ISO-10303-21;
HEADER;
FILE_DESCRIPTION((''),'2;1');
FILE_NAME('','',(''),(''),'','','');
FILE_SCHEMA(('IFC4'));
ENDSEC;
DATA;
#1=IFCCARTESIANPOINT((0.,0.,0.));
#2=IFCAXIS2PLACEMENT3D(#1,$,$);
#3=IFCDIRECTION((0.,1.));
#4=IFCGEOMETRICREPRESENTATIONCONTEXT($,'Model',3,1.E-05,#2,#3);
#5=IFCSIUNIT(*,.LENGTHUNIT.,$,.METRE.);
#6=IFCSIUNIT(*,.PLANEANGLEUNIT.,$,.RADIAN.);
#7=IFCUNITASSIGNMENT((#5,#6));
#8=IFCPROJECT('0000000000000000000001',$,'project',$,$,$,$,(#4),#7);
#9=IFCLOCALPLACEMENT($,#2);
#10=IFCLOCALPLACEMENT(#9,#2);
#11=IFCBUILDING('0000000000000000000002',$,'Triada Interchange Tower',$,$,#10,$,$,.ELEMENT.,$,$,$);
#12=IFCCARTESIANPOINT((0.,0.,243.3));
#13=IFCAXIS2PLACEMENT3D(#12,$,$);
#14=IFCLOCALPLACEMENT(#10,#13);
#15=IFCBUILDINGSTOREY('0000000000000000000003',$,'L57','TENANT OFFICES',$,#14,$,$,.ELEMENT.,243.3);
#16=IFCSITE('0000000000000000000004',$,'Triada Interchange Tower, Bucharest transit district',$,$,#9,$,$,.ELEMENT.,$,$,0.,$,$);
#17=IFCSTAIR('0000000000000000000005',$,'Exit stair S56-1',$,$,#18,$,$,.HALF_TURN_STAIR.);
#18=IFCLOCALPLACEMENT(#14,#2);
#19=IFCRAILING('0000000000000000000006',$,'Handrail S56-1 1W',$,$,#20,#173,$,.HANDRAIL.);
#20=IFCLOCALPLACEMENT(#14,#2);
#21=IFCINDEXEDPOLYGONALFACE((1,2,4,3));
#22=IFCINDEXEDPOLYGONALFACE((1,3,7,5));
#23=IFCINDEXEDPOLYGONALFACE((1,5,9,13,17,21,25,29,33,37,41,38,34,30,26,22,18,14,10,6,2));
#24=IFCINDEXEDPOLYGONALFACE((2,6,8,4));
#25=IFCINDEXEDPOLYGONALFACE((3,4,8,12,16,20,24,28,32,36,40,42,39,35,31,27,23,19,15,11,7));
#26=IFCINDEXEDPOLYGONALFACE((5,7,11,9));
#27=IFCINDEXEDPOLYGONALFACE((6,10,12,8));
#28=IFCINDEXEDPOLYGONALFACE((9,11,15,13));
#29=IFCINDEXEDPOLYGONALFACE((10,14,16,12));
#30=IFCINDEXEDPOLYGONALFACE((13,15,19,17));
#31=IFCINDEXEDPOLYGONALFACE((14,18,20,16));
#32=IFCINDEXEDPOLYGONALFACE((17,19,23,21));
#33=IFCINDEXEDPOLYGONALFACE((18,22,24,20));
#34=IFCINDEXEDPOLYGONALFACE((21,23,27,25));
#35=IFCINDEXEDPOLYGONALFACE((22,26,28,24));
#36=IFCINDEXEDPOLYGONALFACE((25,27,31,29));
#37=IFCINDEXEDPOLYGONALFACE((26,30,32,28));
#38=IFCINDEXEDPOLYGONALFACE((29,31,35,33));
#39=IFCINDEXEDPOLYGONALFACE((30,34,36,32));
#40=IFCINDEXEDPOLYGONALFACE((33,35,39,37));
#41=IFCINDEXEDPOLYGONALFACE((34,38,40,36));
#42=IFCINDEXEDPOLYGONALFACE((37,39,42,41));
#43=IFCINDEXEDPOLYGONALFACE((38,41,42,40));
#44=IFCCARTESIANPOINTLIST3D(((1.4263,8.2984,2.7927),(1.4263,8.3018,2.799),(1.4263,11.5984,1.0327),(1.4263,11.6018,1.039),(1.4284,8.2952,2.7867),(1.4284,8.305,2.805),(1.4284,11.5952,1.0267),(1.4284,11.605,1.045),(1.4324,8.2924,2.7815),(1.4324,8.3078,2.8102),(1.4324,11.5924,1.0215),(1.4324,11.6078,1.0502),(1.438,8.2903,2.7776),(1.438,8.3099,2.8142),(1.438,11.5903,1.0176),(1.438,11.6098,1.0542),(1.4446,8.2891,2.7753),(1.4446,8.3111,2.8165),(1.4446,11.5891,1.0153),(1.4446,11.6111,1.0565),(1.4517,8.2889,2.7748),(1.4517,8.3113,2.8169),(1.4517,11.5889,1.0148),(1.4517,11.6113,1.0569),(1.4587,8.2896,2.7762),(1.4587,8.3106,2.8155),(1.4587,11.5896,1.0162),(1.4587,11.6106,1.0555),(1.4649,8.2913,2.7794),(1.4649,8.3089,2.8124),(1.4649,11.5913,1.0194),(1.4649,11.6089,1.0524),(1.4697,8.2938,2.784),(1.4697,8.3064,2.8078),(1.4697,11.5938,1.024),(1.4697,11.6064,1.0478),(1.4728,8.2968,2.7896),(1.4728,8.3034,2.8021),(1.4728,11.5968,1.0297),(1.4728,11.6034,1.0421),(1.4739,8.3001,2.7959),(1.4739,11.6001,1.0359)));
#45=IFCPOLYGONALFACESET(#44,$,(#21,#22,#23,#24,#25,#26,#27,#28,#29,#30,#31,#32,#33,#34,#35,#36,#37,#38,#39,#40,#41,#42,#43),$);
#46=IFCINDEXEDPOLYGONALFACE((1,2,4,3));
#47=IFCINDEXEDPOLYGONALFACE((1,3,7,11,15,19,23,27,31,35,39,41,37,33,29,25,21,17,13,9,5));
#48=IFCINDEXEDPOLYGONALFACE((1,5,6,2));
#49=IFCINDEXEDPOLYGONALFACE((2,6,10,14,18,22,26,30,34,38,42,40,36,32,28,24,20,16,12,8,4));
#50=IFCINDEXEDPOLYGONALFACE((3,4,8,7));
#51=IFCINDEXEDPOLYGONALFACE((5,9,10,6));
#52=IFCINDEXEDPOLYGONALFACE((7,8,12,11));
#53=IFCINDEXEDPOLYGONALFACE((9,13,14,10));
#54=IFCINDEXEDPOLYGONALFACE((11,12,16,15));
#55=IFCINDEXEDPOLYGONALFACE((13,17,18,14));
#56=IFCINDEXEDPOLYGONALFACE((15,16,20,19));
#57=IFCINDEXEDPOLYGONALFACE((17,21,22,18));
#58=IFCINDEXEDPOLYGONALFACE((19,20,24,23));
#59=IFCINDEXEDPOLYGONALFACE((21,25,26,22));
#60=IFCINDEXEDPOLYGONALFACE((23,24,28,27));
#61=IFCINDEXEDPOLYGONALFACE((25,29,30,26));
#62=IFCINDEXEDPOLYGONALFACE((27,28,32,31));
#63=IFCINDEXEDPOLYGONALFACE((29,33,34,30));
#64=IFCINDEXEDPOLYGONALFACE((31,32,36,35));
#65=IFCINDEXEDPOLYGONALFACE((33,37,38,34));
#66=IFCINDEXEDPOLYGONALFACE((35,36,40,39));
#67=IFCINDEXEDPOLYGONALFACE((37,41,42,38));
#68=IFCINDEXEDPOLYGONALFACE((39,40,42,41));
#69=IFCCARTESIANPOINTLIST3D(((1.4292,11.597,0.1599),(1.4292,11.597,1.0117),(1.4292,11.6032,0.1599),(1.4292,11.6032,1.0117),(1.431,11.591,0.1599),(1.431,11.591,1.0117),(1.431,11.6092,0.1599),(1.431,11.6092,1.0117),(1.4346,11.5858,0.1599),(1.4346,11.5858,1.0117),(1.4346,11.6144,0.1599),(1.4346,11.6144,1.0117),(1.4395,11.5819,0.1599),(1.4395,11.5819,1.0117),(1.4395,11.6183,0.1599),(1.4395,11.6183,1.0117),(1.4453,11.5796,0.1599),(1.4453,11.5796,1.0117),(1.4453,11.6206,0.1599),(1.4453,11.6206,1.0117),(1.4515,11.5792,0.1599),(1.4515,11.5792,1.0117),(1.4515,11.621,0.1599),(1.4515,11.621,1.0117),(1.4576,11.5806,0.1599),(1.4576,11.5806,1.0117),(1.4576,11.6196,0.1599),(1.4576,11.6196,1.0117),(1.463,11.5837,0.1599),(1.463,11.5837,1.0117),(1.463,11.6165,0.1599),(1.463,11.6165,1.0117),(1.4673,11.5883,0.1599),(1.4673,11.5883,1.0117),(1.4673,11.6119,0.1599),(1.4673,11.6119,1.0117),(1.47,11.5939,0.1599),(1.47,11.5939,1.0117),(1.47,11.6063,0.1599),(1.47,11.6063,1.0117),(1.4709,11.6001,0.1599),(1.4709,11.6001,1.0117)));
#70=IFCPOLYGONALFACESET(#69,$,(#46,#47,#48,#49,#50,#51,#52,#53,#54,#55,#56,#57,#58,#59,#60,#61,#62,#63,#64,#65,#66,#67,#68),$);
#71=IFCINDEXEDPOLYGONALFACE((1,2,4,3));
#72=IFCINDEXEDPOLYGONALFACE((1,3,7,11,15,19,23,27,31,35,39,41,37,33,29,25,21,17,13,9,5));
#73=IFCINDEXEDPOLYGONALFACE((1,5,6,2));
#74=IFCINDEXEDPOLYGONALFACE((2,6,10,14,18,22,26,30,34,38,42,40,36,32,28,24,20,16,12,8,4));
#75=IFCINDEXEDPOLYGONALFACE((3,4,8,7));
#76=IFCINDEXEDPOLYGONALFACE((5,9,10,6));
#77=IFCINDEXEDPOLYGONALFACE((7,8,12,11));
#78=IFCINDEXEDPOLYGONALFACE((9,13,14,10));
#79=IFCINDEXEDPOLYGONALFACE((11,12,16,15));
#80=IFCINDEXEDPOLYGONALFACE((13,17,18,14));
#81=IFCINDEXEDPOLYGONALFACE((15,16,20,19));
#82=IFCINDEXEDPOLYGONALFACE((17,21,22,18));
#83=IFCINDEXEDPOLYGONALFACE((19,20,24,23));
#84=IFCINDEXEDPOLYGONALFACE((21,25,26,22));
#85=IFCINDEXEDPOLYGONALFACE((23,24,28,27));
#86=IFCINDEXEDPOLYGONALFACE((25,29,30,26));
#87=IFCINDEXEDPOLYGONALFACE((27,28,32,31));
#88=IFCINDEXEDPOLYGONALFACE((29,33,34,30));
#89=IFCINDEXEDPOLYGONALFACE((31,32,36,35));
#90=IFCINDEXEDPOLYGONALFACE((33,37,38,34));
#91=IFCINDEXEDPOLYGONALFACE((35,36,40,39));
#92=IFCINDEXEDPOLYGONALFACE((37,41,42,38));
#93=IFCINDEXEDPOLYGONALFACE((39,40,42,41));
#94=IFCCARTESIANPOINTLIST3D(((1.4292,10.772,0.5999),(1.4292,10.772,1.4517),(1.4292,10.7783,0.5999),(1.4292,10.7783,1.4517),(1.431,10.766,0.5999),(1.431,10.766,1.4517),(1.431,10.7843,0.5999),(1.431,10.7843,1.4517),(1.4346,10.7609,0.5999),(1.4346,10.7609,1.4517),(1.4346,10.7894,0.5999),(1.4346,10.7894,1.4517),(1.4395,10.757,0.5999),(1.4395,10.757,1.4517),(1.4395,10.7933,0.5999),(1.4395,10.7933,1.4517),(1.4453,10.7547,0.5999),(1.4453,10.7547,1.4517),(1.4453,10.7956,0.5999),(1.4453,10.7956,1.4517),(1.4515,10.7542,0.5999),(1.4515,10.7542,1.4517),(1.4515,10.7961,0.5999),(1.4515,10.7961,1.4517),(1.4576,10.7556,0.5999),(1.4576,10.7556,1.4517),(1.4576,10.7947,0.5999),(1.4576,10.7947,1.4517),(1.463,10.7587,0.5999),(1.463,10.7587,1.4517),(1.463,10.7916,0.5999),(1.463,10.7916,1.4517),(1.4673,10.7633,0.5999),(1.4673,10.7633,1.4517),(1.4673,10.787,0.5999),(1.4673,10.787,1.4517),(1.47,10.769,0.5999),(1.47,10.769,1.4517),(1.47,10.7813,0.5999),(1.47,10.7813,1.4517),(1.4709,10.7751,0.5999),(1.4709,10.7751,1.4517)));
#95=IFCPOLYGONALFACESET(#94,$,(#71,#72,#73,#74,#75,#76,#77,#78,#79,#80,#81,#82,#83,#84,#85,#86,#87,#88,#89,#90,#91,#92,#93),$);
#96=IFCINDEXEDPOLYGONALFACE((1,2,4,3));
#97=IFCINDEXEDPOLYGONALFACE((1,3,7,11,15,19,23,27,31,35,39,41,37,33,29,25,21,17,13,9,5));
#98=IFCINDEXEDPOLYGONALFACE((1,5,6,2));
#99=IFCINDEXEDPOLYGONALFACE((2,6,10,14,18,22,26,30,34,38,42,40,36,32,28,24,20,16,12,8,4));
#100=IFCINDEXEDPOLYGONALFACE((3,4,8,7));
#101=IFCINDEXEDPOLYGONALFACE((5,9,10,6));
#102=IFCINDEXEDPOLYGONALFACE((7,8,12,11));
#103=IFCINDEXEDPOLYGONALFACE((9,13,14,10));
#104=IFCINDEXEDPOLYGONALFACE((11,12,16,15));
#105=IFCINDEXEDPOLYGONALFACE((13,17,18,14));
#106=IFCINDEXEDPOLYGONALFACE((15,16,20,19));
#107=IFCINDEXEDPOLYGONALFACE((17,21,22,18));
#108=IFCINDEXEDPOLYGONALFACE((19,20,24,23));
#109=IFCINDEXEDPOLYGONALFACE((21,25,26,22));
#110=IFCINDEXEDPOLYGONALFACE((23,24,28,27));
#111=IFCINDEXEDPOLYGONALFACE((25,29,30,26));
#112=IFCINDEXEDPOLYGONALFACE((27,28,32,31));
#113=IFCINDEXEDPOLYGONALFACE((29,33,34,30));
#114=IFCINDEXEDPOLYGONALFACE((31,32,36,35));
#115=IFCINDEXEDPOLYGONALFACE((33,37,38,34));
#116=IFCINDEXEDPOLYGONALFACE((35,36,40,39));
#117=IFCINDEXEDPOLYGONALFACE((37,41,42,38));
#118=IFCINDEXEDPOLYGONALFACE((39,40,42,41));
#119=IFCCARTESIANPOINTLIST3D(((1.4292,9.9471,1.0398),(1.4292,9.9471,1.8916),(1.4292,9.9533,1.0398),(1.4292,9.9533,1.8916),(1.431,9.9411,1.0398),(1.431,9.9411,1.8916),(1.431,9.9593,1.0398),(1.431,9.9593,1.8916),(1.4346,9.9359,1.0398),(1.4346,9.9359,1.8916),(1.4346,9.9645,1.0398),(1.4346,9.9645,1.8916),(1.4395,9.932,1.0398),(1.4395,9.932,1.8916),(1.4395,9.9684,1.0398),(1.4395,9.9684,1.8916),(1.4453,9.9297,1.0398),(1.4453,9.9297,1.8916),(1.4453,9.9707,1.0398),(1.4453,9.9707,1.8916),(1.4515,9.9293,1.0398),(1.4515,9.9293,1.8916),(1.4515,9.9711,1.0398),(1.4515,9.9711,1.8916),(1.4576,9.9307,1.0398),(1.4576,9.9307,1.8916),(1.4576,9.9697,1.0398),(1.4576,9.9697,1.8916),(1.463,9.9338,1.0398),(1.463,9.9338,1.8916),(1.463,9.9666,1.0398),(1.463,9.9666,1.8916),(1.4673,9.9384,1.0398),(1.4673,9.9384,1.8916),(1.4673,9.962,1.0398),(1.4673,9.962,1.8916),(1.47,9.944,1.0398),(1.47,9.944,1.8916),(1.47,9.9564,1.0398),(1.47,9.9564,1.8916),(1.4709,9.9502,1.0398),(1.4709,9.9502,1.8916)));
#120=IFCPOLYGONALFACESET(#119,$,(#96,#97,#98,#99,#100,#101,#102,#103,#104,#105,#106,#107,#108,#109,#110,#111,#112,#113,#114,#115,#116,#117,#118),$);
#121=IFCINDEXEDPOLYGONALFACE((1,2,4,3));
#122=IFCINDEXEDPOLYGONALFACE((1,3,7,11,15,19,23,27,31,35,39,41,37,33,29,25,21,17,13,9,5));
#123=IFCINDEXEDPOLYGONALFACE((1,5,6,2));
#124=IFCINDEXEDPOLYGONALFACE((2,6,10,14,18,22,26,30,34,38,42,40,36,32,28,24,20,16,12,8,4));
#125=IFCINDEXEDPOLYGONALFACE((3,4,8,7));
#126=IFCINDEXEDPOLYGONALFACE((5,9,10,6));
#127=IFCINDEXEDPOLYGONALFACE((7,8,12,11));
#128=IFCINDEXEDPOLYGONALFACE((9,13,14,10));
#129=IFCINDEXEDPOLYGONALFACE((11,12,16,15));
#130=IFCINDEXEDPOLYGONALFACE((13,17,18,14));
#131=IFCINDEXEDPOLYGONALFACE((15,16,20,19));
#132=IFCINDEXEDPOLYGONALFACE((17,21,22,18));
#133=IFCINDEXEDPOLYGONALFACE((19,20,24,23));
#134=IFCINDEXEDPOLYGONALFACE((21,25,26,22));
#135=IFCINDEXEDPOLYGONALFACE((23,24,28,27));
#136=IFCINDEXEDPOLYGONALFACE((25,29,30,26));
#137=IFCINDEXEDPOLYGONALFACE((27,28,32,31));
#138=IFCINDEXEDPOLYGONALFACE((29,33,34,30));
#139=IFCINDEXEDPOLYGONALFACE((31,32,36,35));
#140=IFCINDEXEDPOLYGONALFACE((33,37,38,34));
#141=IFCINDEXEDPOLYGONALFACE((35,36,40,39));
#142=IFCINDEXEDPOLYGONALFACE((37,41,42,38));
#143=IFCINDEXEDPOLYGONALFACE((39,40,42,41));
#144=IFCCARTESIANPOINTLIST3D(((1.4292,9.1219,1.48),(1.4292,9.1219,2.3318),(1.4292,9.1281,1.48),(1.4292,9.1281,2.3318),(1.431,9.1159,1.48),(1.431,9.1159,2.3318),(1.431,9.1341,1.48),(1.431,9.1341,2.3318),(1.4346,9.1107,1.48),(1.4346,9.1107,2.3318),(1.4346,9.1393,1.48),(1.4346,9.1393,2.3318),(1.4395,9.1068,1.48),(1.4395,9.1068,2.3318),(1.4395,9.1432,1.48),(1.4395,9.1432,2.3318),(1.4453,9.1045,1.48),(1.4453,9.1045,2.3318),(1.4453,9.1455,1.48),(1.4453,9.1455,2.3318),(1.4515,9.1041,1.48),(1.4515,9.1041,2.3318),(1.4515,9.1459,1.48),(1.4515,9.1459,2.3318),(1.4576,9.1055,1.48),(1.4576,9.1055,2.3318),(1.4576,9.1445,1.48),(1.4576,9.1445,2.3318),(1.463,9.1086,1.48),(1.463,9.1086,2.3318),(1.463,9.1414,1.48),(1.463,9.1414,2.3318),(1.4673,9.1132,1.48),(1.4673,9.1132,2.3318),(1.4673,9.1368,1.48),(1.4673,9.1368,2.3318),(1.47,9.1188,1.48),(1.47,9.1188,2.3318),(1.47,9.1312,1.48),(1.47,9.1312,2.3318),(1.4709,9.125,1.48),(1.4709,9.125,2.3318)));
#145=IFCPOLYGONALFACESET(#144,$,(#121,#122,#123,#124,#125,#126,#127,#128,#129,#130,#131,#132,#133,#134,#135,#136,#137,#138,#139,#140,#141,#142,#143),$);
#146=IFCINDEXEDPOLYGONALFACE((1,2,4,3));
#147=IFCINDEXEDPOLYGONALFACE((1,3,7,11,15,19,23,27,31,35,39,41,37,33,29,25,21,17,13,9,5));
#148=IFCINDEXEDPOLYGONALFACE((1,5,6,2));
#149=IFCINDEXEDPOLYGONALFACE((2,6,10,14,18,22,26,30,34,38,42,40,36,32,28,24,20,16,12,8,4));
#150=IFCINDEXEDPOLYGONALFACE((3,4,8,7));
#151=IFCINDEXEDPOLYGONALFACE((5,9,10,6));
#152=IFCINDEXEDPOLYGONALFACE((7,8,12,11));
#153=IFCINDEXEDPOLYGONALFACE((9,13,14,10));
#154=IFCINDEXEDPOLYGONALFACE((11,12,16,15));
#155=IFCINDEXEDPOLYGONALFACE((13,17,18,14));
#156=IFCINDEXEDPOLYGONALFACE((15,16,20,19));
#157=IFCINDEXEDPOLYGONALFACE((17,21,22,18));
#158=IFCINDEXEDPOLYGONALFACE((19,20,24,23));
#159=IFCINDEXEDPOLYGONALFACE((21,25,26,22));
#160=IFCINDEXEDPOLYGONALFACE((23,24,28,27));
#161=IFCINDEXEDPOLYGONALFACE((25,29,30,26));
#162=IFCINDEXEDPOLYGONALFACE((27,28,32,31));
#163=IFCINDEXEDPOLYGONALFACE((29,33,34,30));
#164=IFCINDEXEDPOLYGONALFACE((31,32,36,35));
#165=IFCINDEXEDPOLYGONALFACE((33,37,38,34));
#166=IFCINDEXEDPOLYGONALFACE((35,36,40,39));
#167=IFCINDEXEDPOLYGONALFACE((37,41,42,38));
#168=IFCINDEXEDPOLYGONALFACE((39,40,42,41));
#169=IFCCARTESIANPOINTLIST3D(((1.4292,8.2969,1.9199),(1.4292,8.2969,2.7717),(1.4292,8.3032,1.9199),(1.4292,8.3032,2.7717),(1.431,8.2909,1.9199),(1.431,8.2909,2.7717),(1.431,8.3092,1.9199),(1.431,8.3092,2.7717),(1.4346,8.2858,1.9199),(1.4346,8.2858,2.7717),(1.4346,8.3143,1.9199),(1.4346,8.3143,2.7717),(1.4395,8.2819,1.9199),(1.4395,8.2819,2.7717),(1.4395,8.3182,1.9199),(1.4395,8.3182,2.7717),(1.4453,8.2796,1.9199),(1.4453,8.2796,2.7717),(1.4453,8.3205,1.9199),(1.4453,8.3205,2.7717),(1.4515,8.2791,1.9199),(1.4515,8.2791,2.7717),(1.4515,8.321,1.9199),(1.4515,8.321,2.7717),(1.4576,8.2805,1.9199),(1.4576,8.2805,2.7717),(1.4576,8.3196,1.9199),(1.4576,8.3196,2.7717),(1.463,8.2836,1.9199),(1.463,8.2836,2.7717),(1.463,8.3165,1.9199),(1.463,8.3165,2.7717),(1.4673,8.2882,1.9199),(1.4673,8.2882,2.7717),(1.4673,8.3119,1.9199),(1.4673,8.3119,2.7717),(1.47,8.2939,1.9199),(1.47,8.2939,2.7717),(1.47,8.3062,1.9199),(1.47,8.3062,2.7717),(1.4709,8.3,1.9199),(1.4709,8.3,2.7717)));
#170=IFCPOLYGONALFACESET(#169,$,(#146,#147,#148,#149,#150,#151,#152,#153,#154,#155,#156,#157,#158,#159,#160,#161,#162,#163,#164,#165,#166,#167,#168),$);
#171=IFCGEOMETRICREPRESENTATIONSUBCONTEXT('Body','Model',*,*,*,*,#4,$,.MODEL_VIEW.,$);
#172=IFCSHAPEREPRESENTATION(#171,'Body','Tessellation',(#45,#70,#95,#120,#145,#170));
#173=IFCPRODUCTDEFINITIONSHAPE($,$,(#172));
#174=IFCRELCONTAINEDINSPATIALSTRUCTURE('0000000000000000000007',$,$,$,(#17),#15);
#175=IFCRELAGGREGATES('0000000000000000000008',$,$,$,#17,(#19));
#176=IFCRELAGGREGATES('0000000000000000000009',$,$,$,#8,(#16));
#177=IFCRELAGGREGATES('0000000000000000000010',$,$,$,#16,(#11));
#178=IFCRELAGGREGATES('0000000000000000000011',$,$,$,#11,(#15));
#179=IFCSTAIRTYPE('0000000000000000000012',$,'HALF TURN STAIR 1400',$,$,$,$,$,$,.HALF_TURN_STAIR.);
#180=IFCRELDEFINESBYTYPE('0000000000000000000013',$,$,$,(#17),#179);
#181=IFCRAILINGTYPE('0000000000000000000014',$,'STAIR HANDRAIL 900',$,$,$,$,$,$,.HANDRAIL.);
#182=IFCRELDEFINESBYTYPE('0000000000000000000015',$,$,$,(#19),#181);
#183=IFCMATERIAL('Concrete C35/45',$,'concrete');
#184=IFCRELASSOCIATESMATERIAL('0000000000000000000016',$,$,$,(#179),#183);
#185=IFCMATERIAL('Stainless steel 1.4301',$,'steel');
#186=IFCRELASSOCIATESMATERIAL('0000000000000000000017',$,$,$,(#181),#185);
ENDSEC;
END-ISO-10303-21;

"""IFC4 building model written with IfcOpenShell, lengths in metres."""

from ifc_helpers import new_model, si_unit, direction, frame, origin, origin_2d, place, context, subcontext, project, spatial, circle, extrude, material, type_object, element, aggregate, save


model = new_model("IFC4")

# Units and contexts
model_context = context("Model", 3, precision=1e-05, world=origin(), true_north=direction((0.0, 1.0)))
body_context = subcontext(model_context, "Body", "Model", "MODEL_VIEW")
ifc_project = project(units=[si_unit("LENGTHUNIT", "METRE"), si_unit("PLANEANGLEUNIT", "RADIAN")], contexts=[model_context])

# Site, building, storey
site_placement = place(None, origin())
site = spatial("IfcSite", under=ifc_project, at=site_placement, Name="Triada Interchange Tower, Bucharest transit district", CompositionType="ELEMENT", RefElevation=0.0)
building_placement = place(site_placement, origin())
building = spatial("IfcBuilding", under=site, at=building_placement, Name="Triada Interchange Tower", CompositionType="ELEMENT")
storey_placement = place(building_placement, frame((0.0, 0.0, 243.3)))
storey = spatial("IfcBuildingStorey", under=building, at=storey_placement, Name="L57", Description="TENANT OFFICES", CompositionType="ELEMENT", Elevation=243.3)

# Stair
ifc_material_1 = material(Name="Concrete C35/45", Category="concrete")
stair_type = type_object("IfcStairType", Name="HALF TURN STAIR 1400", PredefinedType="HALF_TURN_STAIR", material=ifc_material_1)
stair_placement = place(storey_placement, origin())
stair = element("IfcStair", 1, at=stair_placement, inside=storey, type_object=stair_type, Name="Exit stair S56-1", PredefinedType="HALF_TURN_STAIR")

# Railing
ifc_material_2 = material(Name="Stainless steel 1.4301", Category="steel")
railing_type = type_object("IfcRailingType", Name="STAIR HANDRAIL 900", PredefinedType="HANDRAIL", material=ifc_material_2)
railing_1_placement = place(storey_placement, frame((1.45, 11.6001, 0.1599)))
railing_1 = element("IfcRailing", 2, at=railing_1_placement, type_object=railing_type, Name="Handrail S56-1 1W", PredefinedType="HANDRAIL", context=body_context, shape_type="SweptSolid", body=[
    extrude(circle(Radius=0.0239, at=origin_2d()), frame((0.0, 0.0, 0.876), z_axis=(0.0, -0.882355, 0.470585), x_axis=(1.0, 0.0, 0.0)), (0.0, 0.0, 1.0), 3.74),
    extrude(circle(Radius=0.021, at=origin_2d()), origin(), (0.0, 0.0, 1.0), 0.8518),
    extrude(circle(Radius=0.021, at=origin_2d()), frame((0.0, -0.825, 0.4399)), (0.0, 0.0, 1.0), 0.8518),
    extrude(circle(Radius=0.021, at=origin_2d()), frame((0.0, -1.6499, 0.8799)), (0.0, 0.0, 1.0), 0.8518),
    extrude(circle(Radius=0.021, at=origin_2d()), frame((0.0, -2.4751, 1.3201)), (0.0, 0.0, 1.0), 0.8518),
    extrude(circle(Radius=0.021, at=origin_2d()), frame((0.0, -3.3, 1.76)), (0.0, 0.0, 1.0), 0.8518),
])
aggregate(stair, [railing_1])

save(model, "model.ifc")
